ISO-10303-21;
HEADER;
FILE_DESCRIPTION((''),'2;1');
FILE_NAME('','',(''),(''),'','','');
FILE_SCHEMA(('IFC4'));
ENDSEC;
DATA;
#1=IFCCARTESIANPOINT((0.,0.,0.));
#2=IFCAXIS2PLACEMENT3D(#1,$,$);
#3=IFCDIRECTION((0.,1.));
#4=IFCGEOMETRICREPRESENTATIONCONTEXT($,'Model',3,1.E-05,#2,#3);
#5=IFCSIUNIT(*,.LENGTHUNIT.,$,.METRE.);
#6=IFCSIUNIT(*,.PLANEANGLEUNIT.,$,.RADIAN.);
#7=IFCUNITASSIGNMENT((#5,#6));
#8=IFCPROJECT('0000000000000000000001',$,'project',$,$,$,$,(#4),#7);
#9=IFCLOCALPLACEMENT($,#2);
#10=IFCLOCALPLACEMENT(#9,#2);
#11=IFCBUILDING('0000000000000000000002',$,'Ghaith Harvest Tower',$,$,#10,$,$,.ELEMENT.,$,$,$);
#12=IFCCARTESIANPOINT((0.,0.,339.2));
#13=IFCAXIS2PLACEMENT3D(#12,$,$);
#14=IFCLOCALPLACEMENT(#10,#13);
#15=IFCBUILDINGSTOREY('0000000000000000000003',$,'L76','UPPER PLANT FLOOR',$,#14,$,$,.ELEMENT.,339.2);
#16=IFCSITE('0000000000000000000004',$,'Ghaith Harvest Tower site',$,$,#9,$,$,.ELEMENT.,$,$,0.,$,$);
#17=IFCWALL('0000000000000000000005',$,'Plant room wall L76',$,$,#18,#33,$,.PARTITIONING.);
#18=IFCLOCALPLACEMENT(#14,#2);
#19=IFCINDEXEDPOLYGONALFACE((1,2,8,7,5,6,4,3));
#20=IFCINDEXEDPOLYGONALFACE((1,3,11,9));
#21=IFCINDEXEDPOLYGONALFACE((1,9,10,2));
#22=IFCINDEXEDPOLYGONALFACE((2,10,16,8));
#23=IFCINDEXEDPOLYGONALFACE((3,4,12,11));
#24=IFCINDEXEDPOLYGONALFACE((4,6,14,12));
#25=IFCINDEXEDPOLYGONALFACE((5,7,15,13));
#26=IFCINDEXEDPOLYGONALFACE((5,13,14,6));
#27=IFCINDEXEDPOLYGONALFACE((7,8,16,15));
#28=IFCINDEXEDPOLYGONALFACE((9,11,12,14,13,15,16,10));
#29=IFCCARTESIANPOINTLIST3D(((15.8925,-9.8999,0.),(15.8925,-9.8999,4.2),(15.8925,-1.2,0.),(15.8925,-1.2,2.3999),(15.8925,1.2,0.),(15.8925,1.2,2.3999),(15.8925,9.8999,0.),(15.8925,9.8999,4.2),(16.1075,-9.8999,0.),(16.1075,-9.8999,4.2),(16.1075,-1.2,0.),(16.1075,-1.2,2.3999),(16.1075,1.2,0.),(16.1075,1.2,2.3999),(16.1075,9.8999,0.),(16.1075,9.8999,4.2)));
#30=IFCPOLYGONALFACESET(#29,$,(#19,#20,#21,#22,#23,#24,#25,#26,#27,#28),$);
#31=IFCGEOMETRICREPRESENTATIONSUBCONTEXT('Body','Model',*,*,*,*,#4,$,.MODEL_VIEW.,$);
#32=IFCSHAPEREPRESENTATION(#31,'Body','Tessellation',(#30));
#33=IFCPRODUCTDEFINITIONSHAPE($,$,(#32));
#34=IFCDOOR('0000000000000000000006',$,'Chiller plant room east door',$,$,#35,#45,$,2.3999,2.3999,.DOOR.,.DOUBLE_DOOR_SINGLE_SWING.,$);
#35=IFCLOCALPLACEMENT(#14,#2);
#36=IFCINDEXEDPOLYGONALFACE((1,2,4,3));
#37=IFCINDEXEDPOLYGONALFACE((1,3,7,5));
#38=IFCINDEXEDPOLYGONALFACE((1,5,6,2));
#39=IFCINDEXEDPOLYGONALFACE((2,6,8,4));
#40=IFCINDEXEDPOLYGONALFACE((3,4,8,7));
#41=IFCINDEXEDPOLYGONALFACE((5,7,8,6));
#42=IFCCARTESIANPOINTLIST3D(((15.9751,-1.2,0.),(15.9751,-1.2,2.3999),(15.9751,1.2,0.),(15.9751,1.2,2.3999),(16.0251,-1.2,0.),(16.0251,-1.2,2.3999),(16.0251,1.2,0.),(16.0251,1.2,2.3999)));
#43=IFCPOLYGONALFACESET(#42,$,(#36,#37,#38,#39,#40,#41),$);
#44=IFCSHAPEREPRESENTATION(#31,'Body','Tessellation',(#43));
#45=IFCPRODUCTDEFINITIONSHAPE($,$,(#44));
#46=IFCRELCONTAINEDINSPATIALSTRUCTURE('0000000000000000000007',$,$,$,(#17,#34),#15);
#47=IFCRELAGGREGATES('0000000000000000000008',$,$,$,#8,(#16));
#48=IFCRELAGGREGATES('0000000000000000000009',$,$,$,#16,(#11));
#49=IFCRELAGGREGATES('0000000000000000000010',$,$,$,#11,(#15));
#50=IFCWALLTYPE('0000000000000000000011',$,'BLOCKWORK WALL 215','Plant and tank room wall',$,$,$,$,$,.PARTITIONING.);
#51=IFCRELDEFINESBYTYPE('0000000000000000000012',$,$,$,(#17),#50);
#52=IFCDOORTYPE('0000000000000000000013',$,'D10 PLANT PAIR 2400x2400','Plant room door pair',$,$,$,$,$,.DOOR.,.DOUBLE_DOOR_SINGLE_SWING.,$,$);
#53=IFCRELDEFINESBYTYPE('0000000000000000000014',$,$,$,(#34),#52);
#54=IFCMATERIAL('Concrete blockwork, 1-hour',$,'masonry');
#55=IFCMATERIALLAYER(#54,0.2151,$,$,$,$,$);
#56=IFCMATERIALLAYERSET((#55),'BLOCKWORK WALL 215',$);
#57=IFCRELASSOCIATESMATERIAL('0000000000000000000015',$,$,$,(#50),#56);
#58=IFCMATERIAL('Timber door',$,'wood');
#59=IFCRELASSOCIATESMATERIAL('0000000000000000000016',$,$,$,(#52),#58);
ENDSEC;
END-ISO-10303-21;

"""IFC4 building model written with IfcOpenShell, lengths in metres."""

from ifc_helpers import new_model, si_unit, direction, frame, frame_2d, origin, place, context, subcontext, project, spatial, rectangle, extrude, material, layer, layer_set, type_object, element, fill, save


model = new_model("IFC4")

# Units and contexts
model_context = context("Model", 3, precision=1e-05, world=origin(), true_north=direction((0.0, 1.0)))
body_context = subcontext(model_context, "Body", "Model", "MODEL_VIEW")
ifc_project = project(units=[si_unit("LENGTHUNIT", "METRE"), si_unit("PLANEANGLEUNIT", "RADIAN")], contexts=[model_context])

# Site, building, storey
site_placement = place(None, origin())
site = spatial("IfcSite", under=ifc_project, at=site_placement, Name="Ghaith Harvest Tower site", CompositionType="ELEMENT", RefElevation=0.0)
building_placement = place(site_placement, origin())
building = spatial("IfcBuilding", under=site, at=building_placement, Name="Ghaith Harvest Tower", CompositionType="ELEMENT")
storey_placement = place(building_placement, frame((0.0, 0.0, 339.2)))
storey = spatial("IfcBuildingStorey", under=building, at=storey_placement, Name="L76", Description="UPPER PLANT FLOOR", CompositionType="ELEMENT", Elevation=339.2)

# Wall, opening, door
ifc_material_1 = material(Name="Concrete blockwork, 1-hour", Category="masonry")
ifc_layer_1 = layer(ifc_material_1, 0.2151)
ifc_layer_set_1 = layer_set([ifc_layer_1], Name="BLOCKWORK WALL 215")
wall_type_1 = type_object("IfcWallType", Name="BLOCKWORK WALL 215", Description="Plant and tank room wall", PredefinedType="PARTITIONING", material=ifc_layer_set_1)
wall_1_placement = place(storey_placement, frame((16.0, -9.8999, 0.0), z_axis=(0.0, 0.0, 1.0), x_axis=(0.0, 1.0, 0.0)))
wall_1 = element("IfcWall", 1, at=wall_1_placement, inside=storey, type_object=wall_type_1, Name="Plant room wall L76", PredefinedType="PARTITIONING", context=body_context, shape_type="SweptSolid", body=[
    extrude(rectangle(XDim=19.7998, YDim=0.2151, at=frame_2d((9.8999, 0.0))), origin(), (0.0, 0.0, 1.0), 4.2),
])
opening_1_placement = place(wall_1_placement, frame((8.7, 0.0, 0.0)))
opening_1 = element("IfcOpeningElement", 2, at=opening_1_placement, cuts=wall_1, PredefinedType="OPENING", context=body_context, shape_type="SweptSolid", body=[
    extrude(rectangle(XDim=2.3999, YDim=2.3999, at=frame_2d((1.2, 1.2))), frame((0.0, 0.1177, 0.0), z_axis=(0.0, -1.0, 0.0), x_axis=(1.0, 0.0, 0.0)), (0.0, 0.0, 1.0), 0.2351),
])
ifc_material_2 = material(Name="Timber door", Category="wood")
door_type_1 = type_object("IfcDoorType", Name="D10 PLANT PAIR 2400x2400", Description="Plant room door pair", OperationType="DOUBLE_DOOR_SINGLE_SWING", PredefinedType="DOOR", material=ifc_material_2)
door_1_placement = place(opening_1_placement, origin())
door_1 = element("IfcDoor", 3, at=door_1_placement, inside=storey, type_object=door_type_1, Name="Chiller plant room east door", OperationType="DOUBLE_DOOR_SINGLE_SWING", OverallHeight=2.3999, OverallWidth=2.3999, PredefinedType="DOOR", context=body_context, shape_type="SweptSolid", body=[
    extrude(rectangle(XDim=2.3999, YDim=2.3999, at=frame_2d((1.2, 1.2))), frame((0.0, 0.0249, 0.0), z_axis=(0.0, -1.0, 0.0), x_axis=(1.0, 0.0, 0.0)), (0.0, 0.0, 1.0), 0.05),
])
fill(opening_1, door_1)

save(model, "model.ifc")
